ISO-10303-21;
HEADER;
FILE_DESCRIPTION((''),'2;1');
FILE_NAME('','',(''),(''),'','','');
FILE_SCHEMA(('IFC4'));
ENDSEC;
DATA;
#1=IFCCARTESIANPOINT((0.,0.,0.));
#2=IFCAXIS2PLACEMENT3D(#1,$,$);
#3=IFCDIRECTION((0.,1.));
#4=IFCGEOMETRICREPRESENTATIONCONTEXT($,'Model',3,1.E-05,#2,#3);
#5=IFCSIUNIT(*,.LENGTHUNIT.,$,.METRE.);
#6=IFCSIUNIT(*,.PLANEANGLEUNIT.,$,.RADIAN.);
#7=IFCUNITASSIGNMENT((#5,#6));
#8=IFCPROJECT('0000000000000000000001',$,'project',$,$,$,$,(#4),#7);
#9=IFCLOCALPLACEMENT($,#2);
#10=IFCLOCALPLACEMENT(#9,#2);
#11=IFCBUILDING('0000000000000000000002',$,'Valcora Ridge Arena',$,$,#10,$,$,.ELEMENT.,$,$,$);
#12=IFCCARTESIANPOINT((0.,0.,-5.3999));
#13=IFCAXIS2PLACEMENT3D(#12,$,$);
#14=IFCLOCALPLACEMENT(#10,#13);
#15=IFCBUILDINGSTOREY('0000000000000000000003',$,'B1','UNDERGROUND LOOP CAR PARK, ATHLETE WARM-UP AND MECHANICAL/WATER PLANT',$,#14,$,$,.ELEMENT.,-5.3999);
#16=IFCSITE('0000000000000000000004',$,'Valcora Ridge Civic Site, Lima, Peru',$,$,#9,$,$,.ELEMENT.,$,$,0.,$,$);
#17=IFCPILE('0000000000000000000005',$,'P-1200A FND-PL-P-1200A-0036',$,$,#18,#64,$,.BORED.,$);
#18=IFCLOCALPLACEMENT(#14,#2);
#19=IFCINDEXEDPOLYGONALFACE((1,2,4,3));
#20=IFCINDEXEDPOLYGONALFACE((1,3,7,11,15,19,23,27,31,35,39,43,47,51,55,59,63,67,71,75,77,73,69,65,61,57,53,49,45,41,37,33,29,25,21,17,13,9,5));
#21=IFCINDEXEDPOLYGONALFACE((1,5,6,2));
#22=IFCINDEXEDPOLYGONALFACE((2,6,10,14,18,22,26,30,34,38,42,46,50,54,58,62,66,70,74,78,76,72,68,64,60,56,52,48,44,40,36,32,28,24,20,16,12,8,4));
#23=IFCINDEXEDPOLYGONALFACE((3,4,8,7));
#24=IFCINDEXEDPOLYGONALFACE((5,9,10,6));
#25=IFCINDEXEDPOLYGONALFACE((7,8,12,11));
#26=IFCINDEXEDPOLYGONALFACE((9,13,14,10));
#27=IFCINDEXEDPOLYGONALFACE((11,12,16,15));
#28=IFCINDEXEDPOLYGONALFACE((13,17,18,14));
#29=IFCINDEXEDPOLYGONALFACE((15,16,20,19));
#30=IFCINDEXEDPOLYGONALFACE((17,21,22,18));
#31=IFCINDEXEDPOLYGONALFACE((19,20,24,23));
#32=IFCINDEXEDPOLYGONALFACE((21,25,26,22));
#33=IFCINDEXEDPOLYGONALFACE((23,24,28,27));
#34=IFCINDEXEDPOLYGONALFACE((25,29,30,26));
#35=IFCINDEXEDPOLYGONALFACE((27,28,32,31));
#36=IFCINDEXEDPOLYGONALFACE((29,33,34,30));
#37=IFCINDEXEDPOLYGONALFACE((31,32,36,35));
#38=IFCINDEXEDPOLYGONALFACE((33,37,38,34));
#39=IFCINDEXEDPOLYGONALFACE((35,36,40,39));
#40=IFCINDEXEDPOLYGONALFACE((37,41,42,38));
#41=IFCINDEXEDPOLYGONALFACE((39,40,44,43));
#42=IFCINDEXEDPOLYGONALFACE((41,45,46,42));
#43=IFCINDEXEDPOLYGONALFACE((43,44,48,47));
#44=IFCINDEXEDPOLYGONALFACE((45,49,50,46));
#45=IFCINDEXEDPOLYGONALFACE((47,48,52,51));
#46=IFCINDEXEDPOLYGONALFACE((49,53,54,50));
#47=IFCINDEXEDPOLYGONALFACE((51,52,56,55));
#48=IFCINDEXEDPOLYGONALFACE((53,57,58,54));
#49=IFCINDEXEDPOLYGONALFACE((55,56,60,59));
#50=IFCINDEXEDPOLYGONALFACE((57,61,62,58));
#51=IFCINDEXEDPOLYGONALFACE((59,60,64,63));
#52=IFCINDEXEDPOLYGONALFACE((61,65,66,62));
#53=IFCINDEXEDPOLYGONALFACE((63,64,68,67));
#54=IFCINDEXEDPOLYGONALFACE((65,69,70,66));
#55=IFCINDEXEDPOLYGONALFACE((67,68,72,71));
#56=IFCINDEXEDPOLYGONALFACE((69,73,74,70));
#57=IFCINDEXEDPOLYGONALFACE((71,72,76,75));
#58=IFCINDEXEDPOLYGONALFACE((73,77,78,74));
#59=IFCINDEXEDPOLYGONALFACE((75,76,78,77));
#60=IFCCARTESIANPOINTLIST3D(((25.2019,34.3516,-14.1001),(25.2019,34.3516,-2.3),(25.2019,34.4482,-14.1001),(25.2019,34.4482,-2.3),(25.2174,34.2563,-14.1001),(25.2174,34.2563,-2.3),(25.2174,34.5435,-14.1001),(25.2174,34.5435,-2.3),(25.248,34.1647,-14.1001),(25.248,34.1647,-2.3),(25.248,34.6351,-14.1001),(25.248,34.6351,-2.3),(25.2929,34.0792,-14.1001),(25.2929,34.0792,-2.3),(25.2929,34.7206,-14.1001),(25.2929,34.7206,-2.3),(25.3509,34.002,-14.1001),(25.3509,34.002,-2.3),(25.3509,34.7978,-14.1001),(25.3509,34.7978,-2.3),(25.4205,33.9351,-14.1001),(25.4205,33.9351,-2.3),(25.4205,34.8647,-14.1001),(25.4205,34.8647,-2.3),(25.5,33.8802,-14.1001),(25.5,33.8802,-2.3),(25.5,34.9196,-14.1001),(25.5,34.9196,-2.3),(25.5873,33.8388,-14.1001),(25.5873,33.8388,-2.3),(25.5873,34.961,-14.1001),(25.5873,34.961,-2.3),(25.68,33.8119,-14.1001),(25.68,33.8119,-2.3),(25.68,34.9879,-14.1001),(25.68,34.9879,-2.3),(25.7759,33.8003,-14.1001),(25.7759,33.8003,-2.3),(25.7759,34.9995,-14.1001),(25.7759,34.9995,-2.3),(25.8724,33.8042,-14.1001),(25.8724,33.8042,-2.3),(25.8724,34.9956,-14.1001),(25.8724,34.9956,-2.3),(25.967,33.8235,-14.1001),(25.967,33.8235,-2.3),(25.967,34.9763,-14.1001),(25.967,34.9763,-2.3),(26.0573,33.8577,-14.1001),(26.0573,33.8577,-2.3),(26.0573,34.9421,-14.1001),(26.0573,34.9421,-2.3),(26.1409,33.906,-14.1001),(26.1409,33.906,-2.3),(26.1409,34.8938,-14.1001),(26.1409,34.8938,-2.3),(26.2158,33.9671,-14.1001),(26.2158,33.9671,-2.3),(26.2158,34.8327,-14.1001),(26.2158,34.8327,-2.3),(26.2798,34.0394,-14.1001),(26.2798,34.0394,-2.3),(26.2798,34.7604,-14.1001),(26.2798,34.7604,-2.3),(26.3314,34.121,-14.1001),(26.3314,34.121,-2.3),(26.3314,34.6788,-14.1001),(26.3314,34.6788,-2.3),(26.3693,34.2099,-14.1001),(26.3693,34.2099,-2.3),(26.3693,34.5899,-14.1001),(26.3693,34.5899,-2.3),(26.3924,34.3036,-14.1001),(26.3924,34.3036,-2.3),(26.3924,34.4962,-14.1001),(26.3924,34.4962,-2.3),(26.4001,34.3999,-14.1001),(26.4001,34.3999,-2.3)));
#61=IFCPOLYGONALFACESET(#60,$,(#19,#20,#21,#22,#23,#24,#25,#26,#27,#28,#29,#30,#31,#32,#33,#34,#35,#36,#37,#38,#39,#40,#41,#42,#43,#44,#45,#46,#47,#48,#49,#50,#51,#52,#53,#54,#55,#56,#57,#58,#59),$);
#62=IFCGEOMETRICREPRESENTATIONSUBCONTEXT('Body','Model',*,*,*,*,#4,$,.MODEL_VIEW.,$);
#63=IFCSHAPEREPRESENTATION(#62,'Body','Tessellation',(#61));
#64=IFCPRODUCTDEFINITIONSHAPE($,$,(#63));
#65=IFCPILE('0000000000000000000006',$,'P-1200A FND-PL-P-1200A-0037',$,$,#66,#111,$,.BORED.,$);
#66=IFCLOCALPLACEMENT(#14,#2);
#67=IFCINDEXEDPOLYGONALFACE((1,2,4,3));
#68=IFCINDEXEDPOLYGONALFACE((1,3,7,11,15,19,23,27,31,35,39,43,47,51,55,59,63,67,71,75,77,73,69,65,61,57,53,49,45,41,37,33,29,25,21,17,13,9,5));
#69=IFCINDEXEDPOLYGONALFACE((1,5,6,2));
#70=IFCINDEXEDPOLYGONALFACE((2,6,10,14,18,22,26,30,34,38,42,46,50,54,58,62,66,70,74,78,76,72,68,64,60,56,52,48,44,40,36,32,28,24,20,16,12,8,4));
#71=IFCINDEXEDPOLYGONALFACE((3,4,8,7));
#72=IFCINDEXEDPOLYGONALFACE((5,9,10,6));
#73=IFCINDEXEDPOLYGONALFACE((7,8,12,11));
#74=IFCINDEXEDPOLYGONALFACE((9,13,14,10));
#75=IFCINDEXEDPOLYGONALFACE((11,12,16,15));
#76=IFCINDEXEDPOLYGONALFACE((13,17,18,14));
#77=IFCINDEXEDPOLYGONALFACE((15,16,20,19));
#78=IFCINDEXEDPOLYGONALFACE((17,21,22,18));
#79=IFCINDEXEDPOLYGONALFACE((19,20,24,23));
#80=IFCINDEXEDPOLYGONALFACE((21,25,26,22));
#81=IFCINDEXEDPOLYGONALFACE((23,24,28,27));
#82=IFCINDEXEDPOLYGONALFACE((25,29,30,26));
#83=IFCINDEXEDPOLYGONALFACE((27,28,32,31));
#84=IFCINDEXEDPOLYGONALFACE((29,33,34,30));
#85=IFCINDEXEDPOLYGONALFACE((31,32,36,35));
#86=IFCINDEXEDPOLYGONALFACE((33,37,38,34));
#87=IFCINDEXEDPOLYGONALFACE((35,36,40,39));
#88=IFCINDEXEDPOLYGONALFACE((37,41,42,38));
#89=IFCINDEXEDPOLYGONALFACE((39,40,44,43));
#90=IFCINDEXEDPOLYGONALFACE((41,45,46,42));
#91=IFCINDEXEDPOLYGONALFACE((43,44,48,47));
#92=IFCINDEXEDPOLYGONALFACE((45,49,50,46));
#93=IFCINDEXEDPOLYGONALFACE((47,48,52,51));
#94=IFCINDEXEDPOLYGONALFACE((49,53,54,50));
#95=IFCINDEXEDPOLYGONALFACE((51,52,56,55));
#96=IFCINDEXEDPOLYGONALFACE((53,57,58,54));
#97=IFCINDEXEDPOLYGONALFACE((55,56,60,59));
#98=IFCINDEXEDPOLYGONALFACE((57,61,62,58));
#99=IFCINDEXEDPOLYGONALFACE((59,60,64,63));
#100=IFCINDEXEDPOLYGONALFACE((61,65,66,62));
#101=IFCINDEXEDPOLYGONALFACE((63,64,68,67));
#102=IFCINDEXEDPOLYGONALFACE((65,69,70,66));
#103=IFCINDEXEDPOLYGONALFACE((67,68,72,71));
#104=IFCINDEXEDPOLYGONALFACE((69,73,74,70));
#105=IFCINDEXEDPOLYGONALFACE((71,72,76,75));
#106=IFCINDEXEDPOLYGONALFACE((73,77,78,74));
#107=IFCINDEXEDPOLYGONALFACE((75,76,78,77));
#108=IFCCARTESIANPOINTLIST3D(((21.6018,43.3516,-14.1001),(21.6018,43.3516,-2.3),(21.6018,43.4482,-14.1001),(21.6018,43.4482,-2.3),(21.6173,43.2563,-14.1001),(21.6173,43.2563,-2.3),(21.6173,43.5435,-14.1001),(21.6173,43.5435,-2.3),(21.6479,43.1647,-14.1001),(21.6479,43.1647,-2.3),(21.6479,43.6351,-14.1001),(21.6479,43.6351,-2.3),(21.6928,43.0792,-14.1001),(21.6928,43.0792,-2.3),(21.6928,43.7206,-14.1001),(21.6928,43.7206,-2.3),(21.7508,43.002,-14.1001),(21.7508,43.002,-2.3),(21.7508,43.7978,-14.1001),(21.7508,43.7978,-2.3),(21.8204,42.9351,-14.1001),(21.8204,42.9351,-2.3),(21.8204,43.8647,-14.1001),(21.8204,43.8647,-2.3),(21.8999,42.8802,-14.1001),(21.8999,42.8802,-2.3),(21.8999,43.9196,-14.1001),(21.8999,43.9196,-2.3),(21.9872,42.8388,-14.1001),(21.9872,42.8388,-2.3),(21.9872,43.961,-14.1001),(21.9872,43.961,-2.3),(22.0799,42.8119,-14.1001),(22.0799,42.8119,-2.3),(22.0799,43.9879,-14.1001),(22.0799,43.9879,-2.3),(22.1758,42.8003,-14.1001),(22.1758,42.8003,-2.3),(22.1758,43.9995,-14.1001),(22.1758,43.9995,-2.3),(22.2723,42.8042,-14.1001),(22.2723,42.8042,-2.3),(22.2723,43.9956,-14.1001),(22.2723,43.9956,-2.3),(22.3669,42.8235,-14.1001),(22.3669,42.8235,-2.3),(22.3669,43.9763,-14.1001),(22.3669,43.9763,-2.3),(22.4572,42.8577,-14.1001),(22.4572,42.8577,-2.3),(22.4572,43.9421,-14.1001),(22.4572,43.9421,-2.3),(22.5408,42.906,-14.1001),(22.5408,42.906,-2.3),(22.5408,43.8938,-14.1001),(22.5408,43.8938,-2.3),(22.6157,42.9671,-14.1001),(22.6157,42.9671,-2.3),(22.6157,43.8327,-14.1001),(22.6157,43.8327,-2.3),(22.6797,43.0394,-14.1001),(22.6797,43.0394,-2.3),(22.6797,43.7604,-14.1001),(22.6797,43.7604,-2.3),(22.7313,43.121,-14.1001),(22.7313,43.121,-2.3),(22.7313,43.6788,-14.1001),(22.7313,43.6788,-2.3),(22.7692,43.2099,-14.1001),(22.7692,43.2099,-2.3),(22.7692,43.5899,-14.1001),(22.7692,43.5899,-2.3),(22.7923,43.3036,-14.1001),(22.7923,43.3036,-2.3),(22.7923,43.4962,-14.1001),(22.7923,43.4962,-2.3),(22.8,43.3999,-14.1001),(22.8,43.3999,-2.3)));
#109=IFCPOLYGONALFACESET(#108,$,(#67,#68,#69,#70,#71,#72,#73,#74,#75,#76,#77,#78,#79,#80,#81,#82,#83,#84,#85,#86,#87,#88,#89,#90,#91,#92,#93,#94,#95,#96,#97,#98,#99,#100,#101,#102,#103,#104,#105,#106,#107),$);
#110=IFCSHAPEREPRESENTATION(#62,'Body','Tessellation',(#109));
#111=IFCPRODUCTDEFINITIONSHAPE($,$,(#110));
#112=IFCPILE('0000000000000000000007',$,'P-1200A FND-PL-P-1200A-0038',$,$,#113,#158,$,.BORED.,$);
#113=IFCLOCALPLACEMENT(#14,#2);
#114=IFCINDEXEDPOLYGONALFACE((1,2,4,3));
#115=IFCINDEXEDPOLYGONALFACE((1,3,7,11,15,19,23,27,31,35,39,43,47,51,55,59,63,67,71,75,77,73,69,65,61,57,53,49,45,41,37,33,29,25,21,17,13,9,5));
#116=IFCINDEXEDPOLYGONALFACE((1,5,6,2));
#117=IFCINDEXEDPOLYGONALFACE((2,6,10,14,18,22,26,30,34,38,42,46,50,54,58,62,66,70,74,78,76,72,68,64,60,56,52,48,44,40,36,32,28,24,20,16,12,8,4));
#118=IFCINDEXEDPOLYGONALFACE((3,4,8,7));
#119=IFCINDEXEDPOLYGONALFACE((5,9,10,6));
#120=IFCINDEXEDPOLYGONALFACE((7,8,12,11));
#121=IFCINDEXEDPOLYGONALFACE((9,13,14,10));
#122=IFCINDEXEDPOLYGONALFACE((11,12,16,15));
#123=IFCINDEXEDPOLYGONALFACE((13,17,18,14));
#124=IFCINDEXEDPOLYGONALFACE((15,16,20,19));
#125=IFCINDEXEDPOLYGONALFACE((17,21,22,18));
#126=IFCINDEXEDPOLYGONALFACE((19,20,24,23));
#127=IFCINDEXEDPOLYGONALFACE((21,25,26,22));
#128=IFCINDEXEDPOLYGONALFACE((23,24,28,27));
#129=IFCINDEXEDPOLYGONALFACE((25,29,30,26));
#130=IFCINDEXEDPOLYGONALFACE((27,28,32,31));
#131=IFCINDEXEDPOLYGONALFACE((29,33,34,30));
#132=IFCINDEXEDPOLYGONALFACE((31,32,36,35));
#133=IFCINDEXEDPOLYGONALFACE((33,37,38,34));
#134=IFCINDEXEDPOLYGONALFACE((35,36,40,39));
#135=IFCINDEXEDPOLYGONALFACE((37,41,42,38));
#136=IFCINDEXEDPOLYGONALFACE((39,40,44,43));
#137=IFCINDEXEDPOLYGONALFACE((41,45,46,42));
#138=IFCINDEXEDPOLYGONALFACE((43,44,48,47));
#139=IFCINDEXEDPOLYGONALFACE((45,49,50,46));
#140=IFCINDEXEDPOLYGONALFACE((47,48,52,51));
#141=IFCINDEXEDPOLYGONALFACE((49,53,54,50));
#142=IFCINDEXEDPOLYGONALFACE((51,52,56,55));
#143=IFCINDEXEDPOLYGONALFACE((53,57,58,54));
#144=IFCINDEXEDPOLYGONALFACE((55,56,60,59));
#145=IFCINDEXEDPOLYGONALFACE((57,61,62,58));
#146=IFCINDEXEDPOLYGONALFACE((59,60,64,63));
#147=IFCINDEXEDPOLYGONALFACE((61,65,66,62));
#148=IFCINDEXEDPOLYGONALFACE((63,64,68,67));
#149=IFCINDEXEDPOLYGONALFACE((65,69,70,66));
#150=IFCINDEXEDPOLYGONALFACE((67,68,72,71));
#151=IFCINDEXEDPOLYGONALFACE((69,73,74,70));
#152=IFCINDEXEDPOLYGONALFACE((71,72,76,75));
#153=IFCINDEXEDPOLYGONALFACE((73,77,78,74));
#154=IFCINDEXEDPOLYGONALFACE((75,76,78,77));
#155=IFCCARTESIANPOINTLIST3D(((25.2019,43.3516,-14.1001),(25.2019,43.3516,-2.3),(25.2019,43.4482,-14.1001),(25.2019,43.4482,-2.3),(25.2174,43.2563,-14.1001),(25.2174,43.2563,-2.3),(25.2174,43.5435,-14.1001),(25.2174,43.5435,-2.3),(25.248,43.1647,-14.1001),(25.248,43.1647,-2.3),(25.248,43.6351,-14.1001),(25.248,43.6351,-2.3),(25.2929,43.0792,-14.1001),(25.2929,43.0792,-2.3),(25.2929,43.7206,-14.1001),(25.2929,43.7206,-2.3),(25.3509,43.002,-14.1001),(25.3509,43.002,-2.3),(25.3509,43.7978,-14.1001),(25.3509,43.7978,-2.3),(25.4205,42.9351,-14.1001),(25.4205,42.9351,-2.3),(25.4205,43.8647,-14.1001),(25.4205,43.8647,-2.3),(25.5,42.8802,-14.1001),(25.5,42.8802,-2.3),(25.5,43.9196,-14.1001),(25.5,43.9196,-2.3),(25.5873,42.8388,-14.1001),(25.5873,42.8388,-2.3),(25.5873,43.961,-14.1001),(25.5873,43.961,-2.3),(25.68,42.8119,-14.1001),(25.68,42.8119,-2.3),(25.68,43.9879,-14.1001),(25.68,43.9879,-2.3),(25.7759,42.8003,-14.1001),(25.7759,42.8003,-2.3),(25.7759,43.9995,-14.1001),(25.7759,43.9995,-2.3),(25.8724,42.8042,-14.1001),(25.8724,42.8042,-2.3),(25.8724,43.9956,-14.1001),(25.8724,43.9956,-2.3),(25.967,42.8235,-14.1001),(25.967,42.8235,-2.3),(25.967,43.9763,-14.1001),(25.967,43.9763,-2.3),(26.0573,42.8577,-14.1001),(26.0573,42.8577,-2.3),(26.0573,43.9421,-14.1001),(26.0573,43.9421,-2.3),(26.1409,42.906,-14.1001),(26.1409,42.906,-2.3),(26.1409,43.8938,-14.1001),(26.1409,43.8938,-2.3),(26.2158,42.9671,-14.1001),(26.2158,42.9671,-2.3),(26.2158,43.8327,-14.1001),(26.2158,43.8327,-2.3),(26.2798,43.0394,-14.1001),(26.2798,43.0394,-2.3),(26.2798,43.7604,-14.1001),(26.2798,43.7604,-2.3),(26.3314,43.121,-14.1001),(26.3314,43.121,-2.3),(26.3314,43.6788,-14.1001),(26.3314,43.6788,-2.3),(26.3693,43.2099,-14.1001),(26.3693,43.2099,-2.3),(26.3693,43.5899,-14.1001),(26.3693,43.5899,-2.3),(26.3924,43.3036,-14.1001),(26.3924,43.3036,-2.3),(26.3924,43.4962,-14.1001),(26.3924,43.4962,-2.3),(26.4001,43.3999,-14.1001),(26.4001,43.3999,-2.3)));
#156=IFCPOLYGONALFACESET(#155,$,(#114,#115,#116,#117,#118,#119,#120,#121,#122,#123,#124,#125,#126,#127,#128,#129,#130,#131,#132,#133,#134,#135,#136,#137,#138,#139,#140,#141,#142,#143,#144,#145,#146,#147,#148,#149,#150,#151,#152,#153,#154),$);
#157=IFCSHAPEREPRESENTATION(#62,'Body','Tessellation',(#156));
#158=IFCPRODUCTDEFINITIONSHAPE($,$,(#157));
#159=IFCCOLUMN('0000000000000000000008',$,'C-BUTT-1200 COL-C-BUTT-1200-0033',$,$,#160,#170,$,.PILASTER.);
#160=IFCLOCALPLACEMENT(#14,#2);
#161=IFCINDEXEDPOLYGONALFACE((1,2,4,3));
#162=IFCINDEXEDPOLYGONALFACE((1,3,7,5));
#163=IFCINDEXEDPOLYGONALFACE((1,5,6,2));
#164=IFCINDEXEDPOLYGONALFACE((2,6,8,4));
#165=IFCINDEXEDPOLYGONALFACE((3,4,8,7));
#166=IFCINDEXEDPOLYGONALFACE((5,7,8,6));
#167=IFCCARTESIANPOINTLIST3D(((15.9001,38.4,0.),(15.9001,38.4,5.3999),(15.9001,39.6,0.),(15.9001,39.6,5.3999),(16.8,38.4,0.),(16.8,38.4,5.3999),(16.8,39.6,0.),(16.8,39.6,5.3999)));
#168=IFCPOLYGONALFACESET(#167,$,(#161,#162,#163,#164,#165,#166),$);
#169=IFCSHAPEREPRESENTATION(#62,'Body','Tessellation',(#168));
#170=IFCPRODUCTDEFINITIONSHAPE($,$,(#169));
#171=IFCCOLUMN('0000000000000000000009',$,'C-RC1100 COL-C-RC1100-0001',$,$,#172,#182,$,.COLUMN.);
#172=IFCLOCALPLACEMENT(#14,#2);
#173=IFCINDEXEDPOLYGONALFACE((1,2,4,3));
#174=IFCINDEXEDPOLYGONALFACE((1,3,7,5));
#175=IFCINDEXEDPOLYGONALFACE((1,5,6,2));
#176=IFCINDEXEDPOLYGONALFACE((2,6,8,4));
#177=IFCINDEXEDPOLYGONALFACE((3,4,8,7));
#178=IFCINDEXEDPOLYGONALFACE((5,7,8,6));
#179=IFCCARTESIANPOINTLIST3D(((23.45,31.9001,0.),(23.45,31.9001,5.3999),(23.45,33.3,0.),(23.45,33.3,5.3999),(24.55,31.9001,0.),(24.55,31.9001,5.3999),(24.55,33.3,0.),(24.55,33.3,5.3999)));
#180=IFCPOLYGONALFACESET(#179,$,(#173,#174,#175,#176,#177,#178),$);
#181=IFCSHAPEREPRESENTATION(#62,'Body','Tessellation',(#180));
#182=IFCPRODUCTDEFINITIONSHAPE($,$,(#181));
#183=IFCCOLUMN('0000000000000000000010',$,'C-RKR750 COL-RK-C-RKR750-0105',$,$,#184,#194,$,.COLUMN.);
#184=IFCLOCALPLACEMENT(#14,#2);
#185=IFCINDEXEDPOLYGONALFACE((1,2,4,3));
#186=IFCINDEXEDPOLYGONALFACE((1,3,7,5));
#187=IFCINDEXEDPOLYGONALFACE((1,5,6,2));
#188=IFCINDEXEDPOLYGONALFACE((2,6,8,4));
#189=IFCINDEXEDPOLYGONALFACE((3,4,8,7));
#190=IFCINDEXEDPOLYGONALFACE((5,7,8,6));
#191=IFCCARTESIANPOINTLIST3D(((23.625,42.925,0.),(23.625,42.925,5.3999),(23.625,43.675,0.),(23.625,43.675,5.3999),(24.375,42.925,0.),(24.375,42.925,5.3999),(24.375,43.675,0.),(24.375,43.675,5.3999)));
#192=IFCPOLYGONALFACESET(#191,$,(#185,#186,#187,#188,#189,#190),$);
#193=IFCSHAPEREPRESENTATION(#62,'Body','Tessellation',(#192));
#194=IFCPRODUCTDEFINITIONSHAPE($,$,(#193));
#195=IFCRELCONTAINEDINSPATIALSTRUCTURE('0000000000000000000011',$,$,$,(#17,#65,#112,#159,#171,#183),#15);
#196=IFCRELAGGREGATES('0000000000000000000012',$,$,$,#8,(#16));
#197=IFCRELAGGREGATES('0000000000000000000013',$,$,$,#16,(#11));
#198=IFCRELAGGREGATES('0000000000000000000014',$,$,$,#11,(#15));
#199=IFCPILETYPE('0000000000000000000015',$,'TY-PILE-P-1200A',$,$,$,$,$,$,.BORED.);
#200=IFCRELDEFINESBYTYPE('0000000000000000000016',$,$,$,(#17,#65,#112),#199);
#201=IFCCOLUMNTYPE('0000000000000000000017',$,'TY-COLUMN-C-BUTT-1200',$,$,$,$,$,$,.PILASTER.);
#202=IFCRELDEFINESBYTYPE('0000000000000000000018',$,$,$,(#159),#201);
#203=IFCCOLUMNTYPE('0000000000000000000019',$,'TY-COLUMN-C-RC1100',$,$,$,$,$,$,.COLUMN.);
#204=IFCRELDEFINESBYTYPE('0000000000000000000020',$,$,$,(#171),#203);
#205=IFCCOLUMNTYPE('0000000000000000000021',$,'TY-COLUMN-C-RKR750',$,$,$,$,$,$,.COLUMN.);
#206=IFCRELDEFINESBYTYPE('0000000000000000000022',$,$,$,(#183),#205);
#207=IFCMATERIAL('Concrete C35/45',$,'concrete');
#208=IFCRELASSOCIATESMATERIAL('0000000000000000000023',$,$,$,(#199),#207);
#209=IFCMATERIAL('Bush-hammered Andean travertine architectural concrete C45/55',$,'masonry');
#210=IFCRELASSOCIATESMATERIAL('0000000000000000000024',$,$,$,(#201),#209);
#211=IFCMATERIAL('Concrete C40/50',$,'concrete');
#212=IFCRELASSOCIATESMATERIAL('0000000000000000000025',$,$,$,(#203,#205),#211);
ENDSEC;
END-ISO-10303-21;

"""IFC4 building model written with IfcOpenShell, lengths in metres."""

from ifc_helpers import new_model, si_unit, direction, frame, origin, origin_2d, place, context, subcontext, project, spatial, rectangle, circle, extrude, material, material_profile, profile_set, type_object, element, save


model = new_model("IFC4")

# Units and contexts
model_context = context("Model", 3, precision=1e-05, world=origin(), true_north=direction((0.0, 1.0)))
body_context = subcontext(model_context, "Body", "Model", "MODEL_VIEW")
ifc_project = project(units=[si_unit("LENGTHUNIT", "METRE"), si_unit("PLANEANGLEUNIT", "RADIAN")], contexts=[model_context])

# Site, building, storey
site_placement = place(None, origin())
site = spatial("IfcSite", under=ifc_project, at=site_placement, Name="Valcora Ridge Civic Site, Lima, Peru", CompositionType="ELEMENT", RefElevation=0.0)
building_placement = place(site_placement, origin())
building = spatial("IfcBuilding", under=site, at=building_placement, Name="Valcora Ridge Arena", CompositionType="ELEMENT")
storey_placement = place(building_placement, frame((0.0, 0.0, -5.3999)))
storey = spatial("IfcBuildingStorey", under=building, at=storey_placement, Name="B1", Description="UNDERGROUND LOOP CAR PARK, ATHLETE WARM-UP AND MECHANICAL/WATER PLANT", CompositionType="ELEMENT", Elevation=-5.3999)

# Shared definitions
ifc_material_1 = material(Name="Concrete C40/50", Category="concrete")

# Piles
ifc_material_2 = material(Name="Concrete C35/45", Category="concrete")
ifc_material_profile_1 = material_profile(ifc_material_2, circle(Radius=0.6001, at=origin_2d()), Name="BORED PILE D1200")
ifc_profile_set_1 = profile_set([ifc_material_profile_1], Name="Concrete C35/45")
pile_type_1 = type_object("IfcPileType", Name="TY-PILE-P-1200A", PredefinedType="BORED", material=ifc_profile_set_1)
for number, where, z_axis, x_axis, name in (
    (1, (25.8, 34.3999, -2.3), (0.0, 0.0, -1.0), (1.0, 0.0, 0.0), "P-1200A FND-PL-P-1200A-0036"),
    (2, (22.2, 43.3999, -2.3), (0.0, 0.0, -1.0), (1.0, 0.0, 0.0), "P-1200A FND-PL-P-1200A-0037"),
    (3, (25.8, 43.3999, -2.3), (0.0, 0.0, -1.0), (1.0, 0.0, 0.0), "P-1200A FND-PL-P-1200A-0038"),
):
    element("IfcPile", number, at=place(storey_placement, frame(where, z_axis=z_axis, x_axis=x_axis)), inside=storey, type_object=pile_type_1, Name=name, PredefinedType="BORED", context=body_context, shape_type="SweptSolid", body=[
        extrude(circle(Radius=0.6001, at=origin_2d()), origin(), (0.0, 0.0, 1.0), 11.8),
    ])

# Columns
ifc_material_3 = material(Name="Bush-hammered Andean travertine architectural concrete C45/55", Category="masonry")
ifc_material_profile_2 = material_profile(ifc_material_3, rectangle(XDim=0.8999, YDim=1.2, at=origin_2d()), Name="RC 900x1200")
ifc_profile_set_2 = profile_set([ifc_material_profile_2], Name="Bush-hammered Andean travertine architectural concrete C45/55")
column_type_1 = type_object("IfcColumnType", Name="TY-COLUMN-C-BUTT-1200", PredefinedType="PILASTER", material=ifc_profile_set_2)
column_1_placement = place(storey_placement, frame((16.3501, 39.0, 0.0), z_axis=(0.0, 0.0, 1.0), x_axis=(1.0, 0.0, 0.0)))
element("IfcColumn", 4, at=column_1_placement, inside=storey, type_object=column_type_1, Name="C-BUTT-1200 COL-C-BUTT-1200-0033", PredefinedType="PILASTER", context=body_context, shape_type="SweptSolid", body=[
    extrude(rectangle(XDim=0.8999, YDim=1.2, at=origin_2d()), origin(), (0.0, 0.0, 1.0), 5.3999),
])
ifc_material_profile_3 = material_profile(ifc_material_1, rectangle(XDim=1.1001, YDim=1.3999, at=origin_2d()), Name="RC 1100x1400")
ifc_profile_set_3 = profile_set([ifc_material_profile_3], Name="Concrete C40/50")
column_type_2 = type_object("IfcColumnType", Name="TY-COLUMN-C-RC1100", PredefinedType="COLUMN", material=ifc_profile_set_3)
column_2_placement = place(storey_placement, frame((24.0, 32.6001, 0.0), z_axis=(0.0, 0.0, 1.0), x_axis=(1.0, 0.0, 0.0)))
element("IfcColumn", 5, at=column_2_placement, inside=storey, type_object=column_type_2, Name="C-RC1100 COL-C-RC1100-0001", PredefinedType="COLUMN", context=body_context, shape_type="SweptSolid", body=[
    extrude(rectangle(XDim=1.1001, YDim=1.3999, at=origin_2d()), origin(), (0.0, 0.0, 1.0), 5.3999),
])
ifc_material_profile_4 = material_profile(ifc_material_1, rectangle(XDim=0.75, YDim=0.75, at=origin_2d()), Name="RC 750x750")
ifc_profile_set_4 = profile_set([ifc_material_profile_4], Name="Concrete C40/50")
column_type_3 = type_object("IfcColumnType", Name="TY-COLUMN-C-RKR750", PredefinedType="COLUMN", material=ifc_profile_set_4)
for number, where, z_axis, x_axis, name in (
    (6, (24.0, 43.3, 0.0), (0.0, 0.0, 1.0), (1.0, 0.0, 0.0), "C-RKR750 COL-RK-C-RKR750-0105"),
):
    element("IfcColumn", number, at=place(storey_placement, frame(where, z_axis=z_axis, x_axis=x_axis)), inside=storey, type_object=column_type_3, Name=name, PredefinedType="COLUMN", context=body_context, shape_type="SweptSolid", body=[
        extrude(rectangle(XDim=0.75, YDim=0.75, at=origin_2d()), origin(), (0.0, 0.0, 1.0), 5.3999),
    ])

save(model, "model.ifc")
